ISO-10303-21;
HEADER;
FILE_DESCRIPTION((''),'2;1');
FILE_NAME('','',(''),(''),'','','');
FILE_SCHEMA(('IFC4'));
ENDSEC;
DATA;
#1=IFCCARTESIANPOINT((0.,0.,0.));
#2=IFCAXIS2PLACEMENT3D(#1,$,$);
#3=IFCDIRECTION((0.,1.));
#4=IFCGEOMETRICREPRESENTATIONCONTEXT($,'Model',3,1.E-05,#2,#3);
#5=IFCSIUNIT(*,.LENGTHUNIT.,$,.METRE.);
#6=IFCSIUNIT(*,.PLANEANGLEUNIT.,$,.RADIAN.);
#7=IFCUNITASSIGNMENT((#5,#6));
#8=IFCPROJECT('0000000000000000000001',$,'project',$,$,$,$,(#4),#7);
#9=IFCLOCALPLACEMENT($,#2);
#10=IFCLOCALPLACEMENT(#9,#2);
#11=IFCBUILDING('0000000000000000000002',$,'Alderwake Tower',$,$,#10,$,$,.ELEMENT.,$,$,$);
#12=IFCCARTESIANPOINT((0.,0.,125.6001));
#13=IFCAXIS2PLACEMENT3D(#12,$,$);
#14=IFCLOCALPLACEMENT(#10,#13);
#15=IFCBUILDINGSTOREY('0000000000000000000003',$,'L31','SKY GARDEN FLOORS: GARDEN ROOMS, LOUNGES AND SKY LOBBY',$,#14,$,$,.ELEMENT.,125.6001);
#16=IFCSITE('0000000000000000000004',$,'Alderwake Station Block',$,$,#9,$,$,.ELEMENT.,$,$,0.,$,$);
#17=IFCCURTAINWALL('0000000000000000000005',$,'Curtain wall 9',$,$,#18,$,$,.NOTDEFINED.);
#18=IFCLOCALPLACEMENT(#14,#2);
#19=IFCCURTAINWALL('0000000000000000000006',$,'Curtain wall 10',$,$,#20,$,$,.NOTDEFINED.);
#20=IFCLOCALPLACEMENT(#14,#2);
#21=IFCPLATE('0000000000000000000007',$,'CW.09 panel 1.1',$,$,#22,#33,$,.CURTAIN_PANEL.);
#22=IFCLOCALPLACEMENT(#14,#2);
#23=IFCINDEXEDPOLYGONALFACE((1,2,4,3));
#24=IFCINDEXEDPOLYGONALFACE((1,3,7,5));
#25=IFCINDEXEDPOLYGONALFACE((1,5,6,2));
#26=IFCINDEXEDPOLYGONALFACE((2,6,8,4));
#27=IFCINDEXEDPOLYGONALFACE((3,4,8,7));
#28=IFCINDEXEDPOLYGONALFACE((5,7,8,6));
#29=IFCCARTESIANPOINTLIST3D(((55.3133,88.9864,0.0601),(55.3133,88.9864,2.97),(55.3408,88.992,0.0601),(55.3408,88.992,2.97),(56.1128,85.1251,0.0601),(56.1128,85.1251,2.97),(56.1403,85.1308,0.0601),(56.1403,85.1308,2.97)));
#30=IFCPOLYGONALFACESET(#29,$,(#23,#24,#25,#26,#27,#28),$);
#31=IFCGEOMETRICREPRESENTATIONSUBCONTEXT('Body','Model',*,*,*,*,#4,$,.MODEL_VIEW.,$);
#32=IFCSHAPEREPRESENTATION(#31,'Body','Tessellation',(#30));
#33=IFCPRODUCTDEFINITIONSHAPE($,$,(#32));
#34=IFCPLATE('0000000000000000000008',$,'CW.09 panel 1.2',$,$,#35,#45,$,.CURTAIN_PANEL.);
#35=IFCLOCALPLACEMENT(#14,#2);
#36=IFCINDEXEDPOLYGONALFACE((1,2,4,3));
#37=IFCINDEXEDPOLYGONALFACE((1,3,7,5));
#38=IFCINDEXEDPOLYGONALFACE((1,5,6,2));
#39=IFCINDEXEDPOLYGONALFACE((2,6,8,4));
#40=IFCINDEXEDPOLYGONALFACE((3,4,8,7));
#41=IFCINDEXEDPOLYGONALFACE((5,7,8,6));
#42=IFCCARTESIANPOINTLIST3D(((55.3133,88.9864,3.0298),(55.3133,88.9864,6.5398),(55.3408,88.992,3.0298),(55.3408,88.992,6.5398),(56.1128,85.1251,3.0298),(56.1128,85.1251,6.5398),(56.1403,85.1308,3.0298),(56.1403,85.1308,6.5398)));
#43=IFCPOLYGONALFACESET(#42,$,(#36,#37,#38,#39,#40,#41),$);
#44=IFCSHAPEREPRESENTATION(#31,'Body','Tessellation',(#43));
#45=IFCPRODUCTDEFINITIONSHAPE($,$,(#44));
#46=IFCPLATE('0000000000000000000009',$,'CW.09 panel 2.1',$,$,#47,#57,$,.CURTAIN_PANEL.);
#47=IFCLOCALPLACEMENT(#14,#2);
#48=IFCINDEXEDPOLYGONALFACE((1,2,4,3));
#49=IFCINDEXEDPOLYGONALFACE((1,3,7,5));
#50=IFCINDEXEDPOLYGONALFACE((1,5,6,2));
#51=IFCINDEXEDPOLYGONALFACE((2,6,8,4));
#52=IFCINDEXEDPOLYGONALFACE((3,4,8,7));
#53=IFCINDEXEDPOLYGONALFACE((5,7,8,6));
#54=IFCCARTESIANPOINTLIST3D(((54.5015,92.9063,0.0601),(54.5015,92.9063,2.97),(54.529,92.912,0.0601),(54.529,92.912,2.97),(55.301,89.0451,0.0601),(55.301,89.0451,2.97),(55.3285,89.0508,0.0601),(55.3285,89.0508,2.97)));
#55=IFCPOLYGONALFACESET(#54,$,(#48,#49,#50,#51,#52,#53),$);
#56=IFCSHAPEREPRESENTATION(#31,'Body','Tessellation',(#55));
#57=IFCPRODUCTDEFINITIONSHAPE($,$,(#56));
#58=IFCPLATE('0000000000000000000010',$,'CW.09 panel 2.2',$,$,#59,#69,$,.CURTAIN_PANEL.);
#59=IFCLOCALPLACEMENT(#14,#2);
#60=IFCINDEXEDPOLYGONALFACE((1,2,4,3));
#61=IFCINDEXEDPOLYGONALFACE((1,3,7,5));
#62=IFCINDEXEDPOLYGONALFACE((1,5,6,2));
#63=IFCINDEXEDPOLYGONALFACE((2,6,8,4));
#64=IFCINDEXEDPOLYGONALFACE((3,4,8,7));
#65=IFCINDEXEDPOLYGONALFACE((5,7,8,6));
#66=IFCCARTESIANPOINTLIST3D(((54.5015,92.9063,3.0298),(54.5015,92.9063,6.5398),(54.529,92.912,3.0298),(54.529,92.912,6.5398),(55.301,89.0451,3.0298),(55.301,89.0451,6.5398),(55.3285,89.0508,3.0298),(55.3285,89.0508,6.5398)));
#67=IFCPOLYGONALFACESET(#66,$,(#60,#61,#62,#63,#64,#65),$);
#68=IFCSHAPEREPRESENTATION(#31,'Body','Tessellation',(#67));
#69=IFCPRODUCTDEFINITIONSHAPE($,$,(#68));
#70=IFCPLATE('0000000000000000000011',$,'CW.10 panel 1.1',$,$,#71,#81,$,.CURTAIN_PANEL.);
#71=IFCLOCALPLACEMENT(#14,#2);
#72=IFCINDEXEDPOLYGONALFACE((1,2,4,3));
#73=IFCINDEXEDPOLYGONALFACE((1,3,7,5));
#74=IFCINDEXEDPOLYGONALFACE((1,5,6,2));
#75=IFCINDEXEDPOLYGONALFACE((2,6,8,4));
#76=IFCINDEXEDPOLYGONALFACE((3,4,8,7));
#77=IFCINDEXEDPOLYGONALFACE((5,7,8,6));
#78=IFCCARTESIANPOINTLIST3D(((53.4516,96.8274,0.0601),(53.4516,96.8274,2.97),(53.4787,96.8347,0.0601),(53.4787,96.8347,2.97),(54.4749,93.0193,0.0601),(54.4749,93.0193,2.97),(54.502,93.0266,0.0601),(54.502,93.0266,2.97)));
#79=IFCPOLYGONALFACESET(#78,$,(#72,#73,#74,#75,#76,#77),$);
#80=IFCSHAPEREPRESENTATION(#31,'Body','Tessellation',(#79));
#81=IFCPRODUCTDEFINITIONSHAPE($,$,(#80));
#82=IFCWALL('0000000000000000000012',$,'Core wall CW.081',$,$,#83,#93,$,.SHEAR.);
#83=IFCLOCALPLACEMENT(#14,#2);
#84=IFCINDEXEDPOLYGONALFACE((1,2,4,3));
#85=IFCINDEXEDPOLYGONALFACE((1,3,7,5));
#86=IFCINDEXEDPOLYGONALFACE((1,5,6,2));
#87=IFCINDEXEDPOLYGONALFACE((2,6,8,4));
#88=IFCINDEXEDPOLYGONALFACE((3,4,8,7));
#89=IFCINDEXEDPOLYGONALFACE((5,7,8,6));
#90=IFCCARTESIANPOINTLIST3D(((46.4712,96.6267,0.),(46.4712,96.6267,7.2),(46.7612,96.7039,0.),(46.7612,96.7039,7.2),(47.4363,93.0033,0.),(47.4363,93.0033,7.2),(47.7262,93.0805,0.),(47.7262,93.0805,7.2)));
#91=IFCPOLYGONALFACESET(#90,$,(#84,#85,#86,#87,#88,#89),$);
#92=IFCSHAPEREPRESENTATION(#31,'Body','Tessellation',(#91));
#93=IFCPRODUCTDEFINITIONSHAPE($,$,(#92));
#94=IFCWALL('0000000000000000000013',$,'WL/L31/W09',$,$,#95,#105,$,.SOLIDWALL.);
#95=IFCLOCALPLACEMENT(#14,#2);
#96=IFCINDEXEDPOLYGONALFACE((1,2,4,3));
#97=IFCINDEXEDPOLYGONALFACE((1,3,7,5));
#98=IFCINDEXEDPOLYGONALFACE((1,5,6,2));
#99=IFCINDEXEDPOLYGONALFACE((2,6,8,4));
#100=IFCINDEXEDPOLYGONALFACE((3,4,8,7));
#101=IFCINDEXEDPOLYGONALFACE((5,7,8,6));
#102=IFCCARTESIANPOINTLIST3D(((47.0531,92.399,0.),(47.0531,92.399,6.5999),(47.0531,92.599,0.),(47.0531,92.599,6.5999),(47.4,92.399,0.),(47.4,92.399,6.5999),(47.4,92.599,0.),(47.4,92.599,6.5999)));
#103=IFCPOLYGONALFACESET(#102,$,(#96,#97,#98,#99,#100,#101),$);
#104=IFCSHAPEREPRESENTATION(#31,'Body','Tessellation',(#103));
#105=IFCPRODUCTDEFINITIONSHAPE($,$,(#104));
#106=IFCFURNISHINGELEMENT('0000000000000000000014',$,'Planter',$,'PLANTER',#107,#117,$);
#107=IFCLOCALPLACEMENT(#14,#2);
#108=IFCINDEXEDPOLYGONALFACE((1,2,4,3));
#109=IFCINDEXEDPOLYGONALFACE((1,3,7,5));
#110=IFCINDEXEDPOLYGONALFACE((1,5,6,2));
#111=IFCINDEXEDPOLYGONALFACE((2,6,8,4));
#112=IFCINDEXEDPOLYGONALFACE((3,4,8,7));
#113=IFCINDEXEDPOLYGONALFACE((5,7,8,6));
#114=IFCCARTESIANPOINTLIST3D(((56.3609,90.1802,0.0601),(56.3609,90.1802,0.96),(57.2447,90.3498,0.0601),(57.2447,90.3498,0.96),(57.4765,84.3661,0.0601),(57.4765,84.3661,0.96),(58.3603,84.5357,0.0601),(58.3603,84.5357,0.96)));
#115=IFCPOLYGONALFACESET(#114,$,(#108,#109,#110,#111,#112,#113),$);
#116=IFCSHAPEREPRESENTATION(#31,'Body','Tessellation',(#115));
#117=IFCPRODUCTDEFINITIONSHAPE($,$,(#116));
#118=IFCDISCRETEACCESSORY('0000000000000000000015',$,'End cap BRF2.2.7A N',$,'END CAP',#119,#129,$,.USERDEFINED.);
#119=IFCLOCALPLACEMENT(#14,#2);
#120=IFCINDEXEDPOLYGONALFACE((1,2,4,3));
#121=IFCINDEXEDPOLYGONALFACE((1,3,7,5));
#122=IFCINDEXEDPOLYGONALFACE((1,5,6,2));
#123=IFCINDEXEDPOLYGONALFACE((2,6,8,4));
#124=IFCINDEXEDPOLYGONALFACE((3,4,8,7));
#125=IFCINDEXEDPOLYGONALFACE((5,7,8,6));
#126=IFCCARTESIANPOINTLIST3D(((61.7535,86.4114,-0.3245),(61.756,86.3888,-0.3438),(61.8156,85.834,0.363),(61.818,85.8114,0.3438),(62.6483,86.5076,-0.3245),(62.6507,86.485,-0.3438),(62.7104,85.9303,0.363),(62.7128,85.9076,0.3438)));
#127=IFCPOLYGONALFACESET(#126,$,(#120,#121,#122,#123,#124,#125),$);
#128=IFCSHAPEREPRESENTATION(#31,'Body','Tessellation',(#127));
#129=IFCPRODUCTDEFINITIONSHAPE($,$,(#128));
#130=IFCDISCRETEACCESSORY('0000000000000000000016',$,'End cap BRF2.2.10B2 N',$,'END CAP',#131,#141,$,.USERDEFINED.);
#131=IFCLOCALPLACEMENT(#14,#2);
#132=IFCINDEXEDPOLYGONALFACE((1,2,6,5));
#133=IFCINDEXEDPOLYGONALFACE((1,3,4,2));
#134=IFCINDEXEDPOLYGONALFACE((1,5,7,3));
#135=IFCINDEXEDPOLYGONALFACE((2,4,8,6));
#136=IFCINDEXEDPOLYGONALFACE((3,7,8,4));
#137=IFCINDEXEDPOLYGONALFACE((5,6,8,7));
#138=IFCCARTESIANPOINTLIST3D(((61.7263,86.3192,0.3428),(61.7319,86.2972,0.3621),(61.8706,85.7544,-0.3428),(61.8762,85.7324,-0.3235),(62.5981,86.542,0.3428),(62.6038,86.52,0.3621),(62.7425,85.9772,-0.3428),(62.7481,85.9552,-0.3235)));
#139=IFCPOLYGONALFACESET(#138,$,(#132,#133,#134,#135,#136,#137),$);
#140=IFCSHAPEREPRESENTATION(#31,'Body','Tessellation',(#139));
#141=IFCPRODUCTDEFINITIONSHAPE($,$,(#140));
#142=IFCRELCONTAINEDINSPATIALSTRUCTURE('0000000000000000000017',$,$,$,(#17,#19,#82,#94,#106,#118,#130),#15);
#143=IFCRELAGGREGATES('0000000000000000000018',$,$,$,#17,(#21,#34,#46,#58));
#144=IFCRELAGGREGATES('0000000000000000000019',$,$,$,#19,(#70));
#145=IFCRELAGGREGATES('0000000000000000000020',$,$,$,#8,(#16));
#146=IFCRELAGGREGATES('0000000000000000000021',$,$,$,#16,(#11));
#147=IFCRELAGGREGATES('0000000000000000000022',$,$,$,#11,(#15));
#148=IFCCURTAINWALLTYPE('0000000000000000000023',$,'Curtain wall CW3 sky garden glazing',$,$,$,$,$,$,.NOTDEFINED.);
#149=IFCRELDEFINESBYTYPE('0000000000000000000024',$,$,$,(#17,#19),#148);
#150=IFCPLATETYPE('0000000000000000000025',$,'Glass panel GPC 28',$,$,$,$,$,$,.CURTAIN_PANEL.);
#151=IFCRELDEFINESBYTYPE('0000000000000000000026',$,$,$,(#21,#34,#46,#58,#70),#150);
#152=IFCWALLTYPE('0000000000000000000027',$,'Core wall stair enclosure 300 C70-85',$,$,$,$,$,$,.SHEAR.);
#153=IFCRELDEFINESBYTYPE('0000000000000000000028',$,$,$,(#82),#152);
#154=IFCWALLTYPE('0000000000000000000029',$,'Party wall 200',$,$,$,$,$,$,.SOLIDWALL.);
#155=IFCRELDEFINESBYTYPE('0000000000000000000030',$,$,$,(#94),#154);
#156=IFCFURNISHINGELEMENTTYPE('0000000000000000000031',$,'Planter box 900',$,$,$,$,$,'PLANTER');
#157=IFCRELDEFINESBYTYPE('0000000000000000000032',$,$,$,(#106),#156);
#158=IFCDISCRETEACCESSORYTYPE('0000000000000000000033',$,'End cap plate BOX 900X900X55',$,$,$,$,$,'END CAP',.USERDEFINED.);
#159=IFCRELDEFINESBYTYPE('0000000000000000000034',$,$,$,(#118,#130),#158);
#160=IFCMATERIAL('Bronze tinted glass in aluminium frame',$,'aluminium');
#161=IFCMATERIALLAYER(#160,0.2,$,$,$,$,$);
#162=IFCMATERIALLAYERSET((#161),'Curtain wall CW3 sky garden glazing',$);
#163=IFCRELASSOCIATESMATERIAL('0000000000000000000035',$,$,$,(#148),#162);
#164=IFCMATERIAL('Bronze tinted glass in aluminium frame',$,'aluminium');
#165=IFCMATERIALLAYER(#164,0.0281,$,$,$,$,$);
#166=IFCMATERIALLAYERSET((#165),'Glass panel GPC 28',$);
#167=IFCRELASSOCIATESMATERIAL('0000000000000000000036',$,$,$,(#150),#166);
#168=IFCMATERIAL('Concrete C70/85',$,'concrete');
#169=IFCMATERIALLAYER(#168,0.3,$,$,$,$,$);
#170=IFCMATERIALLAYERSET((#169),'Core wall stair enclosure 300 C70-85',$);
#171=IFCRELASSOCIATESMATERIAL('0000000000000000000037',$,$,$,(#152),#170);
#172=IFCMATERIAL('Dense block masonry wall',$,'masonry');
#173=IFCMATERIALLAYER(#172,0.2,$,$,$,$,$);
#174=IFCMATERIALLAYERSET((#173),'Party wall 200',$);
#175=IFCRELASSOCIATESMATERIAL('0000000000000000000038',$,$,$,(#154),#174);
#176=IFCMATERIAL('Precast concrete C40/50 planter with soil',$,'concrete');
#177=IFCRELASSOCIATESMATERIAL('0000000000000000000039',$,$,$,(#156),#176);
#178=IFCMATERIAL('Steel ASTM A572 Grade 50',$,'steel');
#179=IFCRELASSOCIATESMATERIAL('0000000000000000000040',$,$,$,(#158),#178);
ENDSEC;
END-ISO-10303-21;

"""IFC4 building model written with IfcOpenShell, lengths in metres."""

from ifc_helpers import new_model, si_unit, direction, frame, frame_2d, origin, origin_2d, place, context, subcontext, project, spatial, rectangle, extrude, material, layer, layer_set, material_profile, profile_set, type_object, element, aggregate, save


model = new_model("IFC4")

# Units and contexts
model_context = context("Model", 3, precision=1e-05, world=origin(), true_north=direction((0.0, 1.0)))
body_context = subcontext(model_context, "Body", "Model", "MODEL_VIEW")
ifc_project = project(units=[si_unit("LENGTHUNIT", "METRE"), si_unit("PLANEANGLEUNIT", "RADIAN")], contexts=[model_context])

# Site, building, storey
site_placement = place(None, origin())
site = spatial("IfcSite", under=ifc_project, at=site_placement, Name="Alderwake Station Block", CompositionType="ELEMENT", RefElevation=0.0)
building_placement = place(site_placement, origin())
building = spatial("IfcBuilding", under=site, at=building_placement, Name="Alderwake Tower", CompositionType="ELEMENT")
storey_placement = place(building_placement, frame((0.0, 0.0, 125.6001)))
storey = spatial("IfcBuildingStorey", under=building, at=storey_placement, Name="L31", Description="SKY GARDEN FLOORS: GARDEN ROOMS, LOUNGES AND SKY LOBBY", CompositionType="ELEMENT", Elevation=125.6001)

# Curtain wall
ifc_material_1 = material(Name="Bronze tinted glass in aluminium frame", Category="aluminium")
ifc_layer_1 = layer(ifc_material_1, 0.2)
ifc_layer_set_1 = layer_set([ifc_layer_1], Name="Curtain wall CW3 sky garden glazing")
curtain_wall_type = type_object("IfcCurtainWallType", Name="Curtain wall CW3 sky garden glazing", PredefinedType="NOTDEFINED", material=ifc_layer_set_1)
curtain_wall_1_placement = place(storey_placement, origin())
curtain_wall_1 = element("IfcCurtainWall", 1, at=curtain_wall_1_placement, inside=storey, type_object=curtain_wall_type, Name="Curtain wall 9", PredefinedType="NOTDEFINED")

# Curtain wall
curtain_wall_2_placement = place(storey_placement, origin())
curtain_wall_2 = element("IfcCurtainWall", 2, at=curtain_wall_2_placement, inside=storey, type_object=curtain_wall_type, Name="Curtain wall 10", PredefinedType="NOTDEFINED")

# Plates
ifc_material_2 = material(Name="Bronze tinted glass in aluminium frame", Category="aluminium")
ifc_layer_2 = layer(ifc_material_2, 0.0281)
ifc_layer_set_2 = layer_set([ifc_layer_2], Name="Glass panel GPC 28")
plate_type = type_object("IfcPlateType", Name="Glass panel GPC 28", PredefinedType="CURTAIN_PANEL", material=ifc_layer_set_2)
plate_1_placement = place(storey_placement, frame((55.7268, 87.0586, 0.0601), z_axis=(0.0, 0.0, 1.0), x_axis=(-0.202756, 0.979229, 0.0)))
plate_1 = element("IfcPlate", 3, at=plate_1_placement, type_object=plate_type, Name="CW.09 panel 1.1", PredefinedType="CURTAIN_PANEL", context=body_context, shape_type="SweptSolid", body=[
    extrude(rectangle(XDim=3.9431, YDim=0.0281, at=origin_2d()), origin(), (0.0, 0.0, 1.0), 2.9099),
])
plate_2_placement = place(storey_placement, frame((55.7268, 87.0586, 3.0298), z_axis=(0.0, 0.0, 1.0), x_axis=(-0.202756, 0.979229, 0.0)))
plate_2 = element("IfcPlate", 4, at=plate_2_placement, type_object=plate_type, Name="CW.09 panel 1.2", PredefinedType="CURTAIN_PANEL", context=body_context, shape_type="SweptSolid", body=[
    extrude(rectangle(XDim=3.9431, YDim=0.0281, at=origin_2d()), origin(), (0.0, 0.0, 1.0), 3.51),
])
plate_3_placement = place(storey_placement, frame((54.915, 90.9785, 0.0601), z_axis=(0.0, 0.0, 1.0), x_axis=(-0.202756, 0.979229, 0.0)))
plate_3 = element("IfcPlate", 5, at=plate_3_placement, type_object=plate_type, Name="CW.09 panel 2.1", PredefinedType="CURTAIN_PANEL", context=body_context, shape_type="SweptSolid", body=[
    extrude(rectangle(XDim=3.9431, YDim=0.0281, at=origin_2d()), origin(), (0.0, 0.0, 1.0), 2.9099),
])
plate_4_placement = place(storey_placement, frame((54.915, 90.9785, 3.0298), z_axis=(0.0, 0.0, 1.0), x_axis=(-0.202756, 0.979229, 0.0)))
plate_4 = element("IfcPlate", 6, at=plate_4_placement, type_object=plate_type, Name="CW.09 panel 2.2", PredefinedType="CURTAIN_PANEL", context=body_context, shape_type="SweptSolid", body=[
    extrude(rectangle(XDim=3.9431, YDim=0.0281, at=origin_2d()), origin(), (0.0, 0.0, 1.0), 3.51),
])
aggregate(curtain_wall_1, [plate_1, plate_2, plate_3, plate_4])
plate_5_placement = place(storey_placement, frame((53.9768, 94.927, 0.0601), z_axis=(0.0, 0.0, 1.0), x_axis=(-0.259499, 0.965743, 0.0)))
plate_5 = element("IfcPlate", 7, at=plate_5_placement, type_object=plate_type, Name="CW.10 panel 1.1", PredefinedType="CURTAIN_PANEL", context=body_context, shape_type="SweptSolid", body=[
    extrude(rectangle(XDim=3.9431, YDim=0.0281, at=origin_2d()), origin(), (0.0, 0.0, 1.0), 2.9099),
])
aggregate(curtain_wall_2, [plate_5])

# Walls
ifc_material_3 = material(Name="Concrete C70/85", Category="concrete")
ifc_layer_3 = layer(ifc_material_3, 0.3)
ifc_layer_set_3 = layer_set([ifc_layer_3], Name="Core wall stair enclosure 300 C70-85")
wall_type_1 = type_object("IfcWallType", Name="Core wall stair enclosure 300 C70-85", PredefinedType="SHEAR", material=ifc_layer_set_3)
wall_1_placement = place(storey_placement, frame((47.5813, 93.0417, 0.0), z_axis=(0.0, 0.0, 1.0), x_axis=(-0.257367, 0.966314, 0.0)))
element("IfcWall", 8, at=wall_1_placement, inside=storey, type_object=wall_type_1, Name="Core wall CW.081", PredefinedType="SHEAR", context=body_context, shape_type="SweptSolid", body=[
    extrude(rectangle(XDim=3.7498, YDim=0.3, at=frame_2d((1.875, 0.0))), origin(), (0.0, 0.0, 1.0), 7.2),
])
ifc_material_4 = material(Name="Dense block masonry wall", Category="masonry")
ifc_layer_4 = layer(ifc_material_4, 0.2)
ifc_layer_set_4 = layer_set([ifc_layer_4], Name="Party wall 200")
wall_type_2 = type_object("IfcWallType", Name="Party wall 200", PredefinedType="SOLIDWALL", material=ifc_layer_set_4)
wall_2_placement = place(storey_placement, frame((47.3999, 92.499, 0.0), z_axis=(0.0, 0.0, 1.0), x_axis=(-1.0, 0.0, 0.0)))
element("IfcWall", 9, at=wall_2_placement, inside=storey, type_object=wall_type_2, Name="WL/L31/W09", PredefinedType="SOLIDWALL", context=body_context, shape_type="SweptSolid", body=[
    extrude(rectangle(XDim=0.3469, YDim=0.2, at=frame_2d((0.1733, 0.0))), origin(), (0.0, 0.0, 1.0), 6.5999),
])

# Furnishing element
ifc_material_5 = material(Name="Precast concrete C40/50 planter with soil", Category="concrete")
furnishing_element_type = type_object("IfcFurnishingElementType", Name="Planter box 900", ElementType="PLANTER", material=ifc_material_5)
furnishing_placement = place(storey_placement, frame((57.3606, 87.3579, 0.0601), z_axis=(0.0, 0.0, 1.0), x_axis=(0.982083, 0.188449, 0.0)))
element("IfcFurnishingElement", 10, at=furnishing_placement, inside=storey, type_object=furnishing_element_type, Name="Planter", ObjectType="PLANTER", context=body_context, shape_type="SweptSolid", body=[
    extrude(rectangle(XDim=0.8999, YDim=5.9202, at=origin_2d()), origin(), (0.0, 0.0, 1.0), 0.8999),
])

# Discrete accessories
ifc_material_6 = material(Name="Steel ASTM A572 Grade 50", Category="steel")
ifc_material_profile_1 = material_profile(ifc_material_6, rectangle(XDim=0.8999, YDim=0.8999, at=origin_2d()), Name="BOX 900X900X55 cap")
ifc_profile_set_1 = profile_set([ifc_material_profile_1], Name="Steel ASTM A572 Grade 50")
discrete_accessory_type = type_object("IfcDiscreteAccessoryType", Name="End cap plate BOX 900X900X55", ElementType="END CAP", PredefinedType="USERDEFINED", material=ifc_profile_set_1)
for number, where, z_axis, x_axis, name in (
    (11, (62.2344, 86.1482, 0.0), (-0.081677, 0.759595, 0.645247), (-0.994269, -0.106911, 0.0), "End cap BRF2.2.7A N"),
    (12, (62.2344, 86.1482, 0.0), (0.188613, -0.738052, 0.647846), (0.968863, 0.247598, 0.0), "End cap BRF2.2.10B2 N"),
):
    element("IfcDiscreteAccessory", number, at=place(storey_placement, frame(where, z_axis=z_axis, x_axis=x_axis)), inside=storey, type_object=discrete_accessory_type, Name=name, ObjectType="END CAP", PredefinedType="USERDEFINED", context=body_context, shape_type="SweptSolid", body=[
        extrude(rectangle(XDim=0.8999, YDim=0.8999, at=origin_2d()), origin(), (0.0, 0.0, 1.0), 0.0298),
    ])

save(model, "model.ifc")
